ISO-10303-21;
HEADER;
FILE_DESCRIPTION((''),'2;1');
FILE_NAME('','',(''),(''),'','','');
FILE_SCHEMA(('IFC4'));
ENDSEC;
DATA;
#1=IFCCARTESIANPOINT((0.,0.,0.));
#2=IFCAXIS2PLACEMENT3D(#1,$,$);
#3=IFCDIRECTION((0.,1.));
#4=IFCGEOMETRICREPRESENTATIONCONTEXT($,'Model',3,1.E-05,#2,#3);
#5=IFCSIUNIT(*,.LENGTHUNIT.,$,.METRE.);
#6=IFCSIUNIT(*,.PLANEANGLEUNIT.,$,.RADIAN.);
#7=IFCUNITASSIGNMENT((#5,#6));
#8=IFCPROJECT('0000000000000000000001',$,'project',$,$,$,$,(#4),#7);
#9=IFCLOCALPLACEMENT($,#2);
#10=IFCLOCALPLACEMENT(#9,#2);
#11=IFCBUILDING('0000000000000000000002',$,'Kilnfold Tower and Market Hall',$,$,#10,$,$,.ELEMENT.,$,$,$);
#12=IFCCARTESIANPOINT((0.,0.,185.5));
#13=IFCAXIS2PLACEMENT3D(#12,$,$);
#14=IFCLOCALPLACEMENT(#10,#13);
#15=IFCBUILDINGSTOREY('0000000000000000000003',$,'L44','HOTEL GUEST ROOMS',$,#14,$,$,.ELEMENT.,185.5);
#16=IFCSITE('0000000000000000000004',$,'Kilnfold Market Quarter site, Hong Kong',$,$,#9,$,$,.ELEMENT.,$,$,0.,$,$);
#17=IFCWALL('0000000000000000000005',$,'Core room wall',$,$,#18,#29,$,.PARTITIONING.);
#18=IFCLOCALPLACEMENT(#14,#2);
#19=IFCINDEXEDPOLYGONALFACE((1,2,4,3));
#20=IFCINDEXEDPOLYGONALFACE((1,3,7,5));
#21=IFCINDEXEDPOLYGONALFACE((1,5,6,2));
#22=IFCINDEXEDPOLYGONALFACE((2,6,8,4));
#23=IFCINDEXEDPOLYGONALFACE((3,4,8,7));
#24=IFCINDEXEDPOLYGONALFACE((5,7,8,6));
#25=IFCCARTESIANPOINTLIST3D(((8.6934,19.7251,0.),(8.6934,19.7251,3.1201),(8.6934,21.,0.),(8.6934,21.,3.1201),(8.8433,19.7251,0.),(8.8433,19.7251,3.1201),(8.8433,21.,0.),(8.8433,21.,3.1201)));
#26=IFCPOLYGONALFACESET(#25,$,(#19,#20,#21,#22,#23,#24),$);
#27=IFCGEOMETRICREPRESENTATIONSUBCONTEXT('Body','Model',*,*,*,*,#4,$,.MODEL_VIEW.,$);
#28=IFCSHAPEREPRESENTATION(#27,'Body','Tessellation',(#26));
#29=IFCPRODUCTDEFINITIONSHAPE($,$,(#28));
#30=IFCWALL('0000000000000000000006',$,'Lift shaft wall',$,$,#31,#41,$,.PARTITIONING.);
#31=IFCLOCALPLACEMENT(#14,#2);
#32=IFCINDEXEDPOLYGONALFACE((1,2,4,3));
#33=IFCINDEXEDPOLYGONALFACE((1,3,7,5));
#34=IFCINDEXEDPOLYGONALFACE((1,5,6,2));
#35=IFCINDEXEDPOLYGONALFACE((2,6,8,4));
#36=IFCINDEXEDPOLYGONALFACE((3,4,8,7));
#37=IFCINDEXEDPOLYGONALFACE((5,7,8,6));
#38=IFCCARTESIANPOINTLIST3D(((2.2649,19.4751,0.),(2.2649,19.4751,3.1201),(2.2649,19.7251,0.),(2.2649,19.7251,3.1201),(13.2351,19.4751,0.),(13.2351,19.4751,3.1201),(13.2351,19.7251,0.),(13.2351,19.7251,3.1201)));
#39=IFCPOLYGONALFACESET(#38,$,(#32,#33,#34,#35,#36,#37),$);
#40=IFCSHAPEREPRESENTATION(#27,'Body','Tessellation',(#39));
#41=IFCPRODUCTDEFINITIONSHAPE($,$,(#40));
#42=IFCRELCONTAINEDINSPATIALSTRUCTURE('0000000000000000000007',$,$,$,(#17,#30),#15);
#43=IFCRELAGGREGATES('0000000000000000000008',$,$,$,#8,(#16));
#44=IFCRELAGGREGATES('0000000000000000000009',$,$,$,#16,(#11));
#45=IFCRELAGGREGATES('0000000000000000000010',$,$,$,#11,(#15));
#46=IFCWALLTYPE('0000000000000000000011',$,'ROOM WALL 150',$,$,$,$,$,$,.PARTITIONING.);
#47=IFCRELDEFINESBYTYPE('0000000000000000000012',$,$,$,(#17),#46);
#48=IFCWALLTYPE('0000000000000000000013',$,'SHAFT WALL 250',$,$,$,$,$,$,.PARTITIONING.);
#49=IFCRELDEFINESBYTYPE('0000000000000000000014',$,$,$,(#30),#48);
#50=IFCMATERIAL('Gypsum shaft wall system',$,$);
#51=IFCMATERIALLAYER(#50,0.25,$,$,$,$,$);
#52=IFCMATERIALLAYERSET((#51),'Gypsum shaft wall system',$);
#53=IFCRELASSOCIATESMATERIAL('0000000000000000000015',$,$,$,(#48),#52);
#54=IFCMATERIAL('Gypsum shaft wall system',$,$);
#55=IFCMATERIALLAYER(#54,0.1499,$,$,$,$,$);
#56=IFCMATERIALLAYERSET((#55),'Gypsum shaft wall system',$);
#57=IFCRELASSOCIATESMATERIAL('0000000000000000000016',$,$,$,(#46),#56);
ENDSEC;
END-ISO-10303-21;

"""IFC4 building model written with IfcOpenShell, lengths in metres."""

from ifc_helpers import new_model, si_unit, direction, frame, frame_2d, origin, place, context, subcontext, project, spatial, rectangle, extrude, source, transform, mapped, material, layer, layer_set, type_object, element, save


model = new_model("IFC4")

# Units and contexts
model_context = context("Model", 3, precision=1e-05, world=origin(), true_north=direction((0.0, 1.0)))
body_context = subcontext(model_context, "Body", "Model", "MODEL_VIEW")
ifc_project = project(units=[si_unit("LENGTHUNIT", "METRE"), si_unit("PLANEANGLEUNIT", "RADIAN")], contexts=[model_context])

# Site, building, storey
site_placement = place(None, origin())
site = spatial("IfcSite", under=ifc_project, at=site_placement, Name="Kilnfold Market Quarter site, Hong Kong", CompositionType="ELEMENT", RefElevation=0.0)
building_placement = place(site_placement, origin())
building = spatial("IfcBuilding", under=site, at=building_placement, Name="Kilnfold Tower and Market Hall", CompositionType="ELEMENT")
storey_placement = place(building_placement, frame((0.0, 0.0, 185.5)))
storey = spatial("IfcBuildingStorey", under=building, at=storey_placement, Name="L44", Description="HOTEL GUEST ROOMS", CompositionType="ELEMENT", Elevation=185.5)

# Walls
ifc_material_1 = material(Name="Gypsum shaft wall system")
ifc_layer_1 = layer(ifc_material_1, 0.25)
ifc_layer_set_1 = layer_set([ifc_layer_1], Name="Gypsum shaft wall system")
wall_type_1 = type_object("IfcWallType", Name="SHAFT WALL 250", PredefinedType="PARTITIONING", material=ifc_layer_set_1)
ifc_material_2 = material(Name="Gypsum shaft wall system")
ifc_layer_2 = layer(ifc_material_2, 0.1499)
ifc_layer_set_2 = layer_set([ifc_layer_2], Name="Gypsum shaft wall system")
wall_type_2 = type_object("IfcWallType", Name="ROOM WALL 150", PredefinedType="PARTITIONING", material=ifc_layer_set_2)
shared_shape_1 = source(origin(), body_context, "Body", "SweptSolid", [
    extrude(rectangle(XDim=1.2749, YDim=0.1499, at=frame_2d((0.6375, 0.0))), origin(), (0.0, 0.0, 1.0), 3.1201),
])
for number, where, z_axis, x_axis, name in (
    (1, (8.7683, 19.7251, 0.0), (0.0, 0.0, 1.0), (0.0, 1.0, 0.0), "Core room wall"),
):
    element("IfcWall", number, at=place(storey_placement, frame(where, z_axis=z_axis, x_axis=x_axis)), inside=storey, type_object=wall_type_2, Name=name, PredefinedType="PARTITIONING", context=body_context, shape_type="MappedRepresentation", body=[
        mapped(shared_shape_1, transform((0.0, 0.0, 0.0))),
    ])
shared_shape_2 = source(origin(), body_context, "Body", "SweptSolid", [
    extrude(rectangle(XDim=10.9702, YDim=0.25, at=frame_2d((5.4851, 0.0))), origin(), (0.0, 0.0, 1.0), 3.1201),
])
wall_1_placement = place(storey_placement, frame((2.2649, 19.6001, 0.0), z_axis=(0.0, 0.0, 1.0), x_axis=(1.0, 0.0, 0.0)))
element("IfcWall", 2, at=wall_1_placement, inside=storey, type_object=wall_type_1, Name="Lift shaft wall", PredefinedType="PARTITIONING", context=body_context, shape_type="MappedRepresentation", body=[
    mapped(shared_shape_2, transform((0.0, 0.0, 0.0))),
])

save(model, "model.ifc")
